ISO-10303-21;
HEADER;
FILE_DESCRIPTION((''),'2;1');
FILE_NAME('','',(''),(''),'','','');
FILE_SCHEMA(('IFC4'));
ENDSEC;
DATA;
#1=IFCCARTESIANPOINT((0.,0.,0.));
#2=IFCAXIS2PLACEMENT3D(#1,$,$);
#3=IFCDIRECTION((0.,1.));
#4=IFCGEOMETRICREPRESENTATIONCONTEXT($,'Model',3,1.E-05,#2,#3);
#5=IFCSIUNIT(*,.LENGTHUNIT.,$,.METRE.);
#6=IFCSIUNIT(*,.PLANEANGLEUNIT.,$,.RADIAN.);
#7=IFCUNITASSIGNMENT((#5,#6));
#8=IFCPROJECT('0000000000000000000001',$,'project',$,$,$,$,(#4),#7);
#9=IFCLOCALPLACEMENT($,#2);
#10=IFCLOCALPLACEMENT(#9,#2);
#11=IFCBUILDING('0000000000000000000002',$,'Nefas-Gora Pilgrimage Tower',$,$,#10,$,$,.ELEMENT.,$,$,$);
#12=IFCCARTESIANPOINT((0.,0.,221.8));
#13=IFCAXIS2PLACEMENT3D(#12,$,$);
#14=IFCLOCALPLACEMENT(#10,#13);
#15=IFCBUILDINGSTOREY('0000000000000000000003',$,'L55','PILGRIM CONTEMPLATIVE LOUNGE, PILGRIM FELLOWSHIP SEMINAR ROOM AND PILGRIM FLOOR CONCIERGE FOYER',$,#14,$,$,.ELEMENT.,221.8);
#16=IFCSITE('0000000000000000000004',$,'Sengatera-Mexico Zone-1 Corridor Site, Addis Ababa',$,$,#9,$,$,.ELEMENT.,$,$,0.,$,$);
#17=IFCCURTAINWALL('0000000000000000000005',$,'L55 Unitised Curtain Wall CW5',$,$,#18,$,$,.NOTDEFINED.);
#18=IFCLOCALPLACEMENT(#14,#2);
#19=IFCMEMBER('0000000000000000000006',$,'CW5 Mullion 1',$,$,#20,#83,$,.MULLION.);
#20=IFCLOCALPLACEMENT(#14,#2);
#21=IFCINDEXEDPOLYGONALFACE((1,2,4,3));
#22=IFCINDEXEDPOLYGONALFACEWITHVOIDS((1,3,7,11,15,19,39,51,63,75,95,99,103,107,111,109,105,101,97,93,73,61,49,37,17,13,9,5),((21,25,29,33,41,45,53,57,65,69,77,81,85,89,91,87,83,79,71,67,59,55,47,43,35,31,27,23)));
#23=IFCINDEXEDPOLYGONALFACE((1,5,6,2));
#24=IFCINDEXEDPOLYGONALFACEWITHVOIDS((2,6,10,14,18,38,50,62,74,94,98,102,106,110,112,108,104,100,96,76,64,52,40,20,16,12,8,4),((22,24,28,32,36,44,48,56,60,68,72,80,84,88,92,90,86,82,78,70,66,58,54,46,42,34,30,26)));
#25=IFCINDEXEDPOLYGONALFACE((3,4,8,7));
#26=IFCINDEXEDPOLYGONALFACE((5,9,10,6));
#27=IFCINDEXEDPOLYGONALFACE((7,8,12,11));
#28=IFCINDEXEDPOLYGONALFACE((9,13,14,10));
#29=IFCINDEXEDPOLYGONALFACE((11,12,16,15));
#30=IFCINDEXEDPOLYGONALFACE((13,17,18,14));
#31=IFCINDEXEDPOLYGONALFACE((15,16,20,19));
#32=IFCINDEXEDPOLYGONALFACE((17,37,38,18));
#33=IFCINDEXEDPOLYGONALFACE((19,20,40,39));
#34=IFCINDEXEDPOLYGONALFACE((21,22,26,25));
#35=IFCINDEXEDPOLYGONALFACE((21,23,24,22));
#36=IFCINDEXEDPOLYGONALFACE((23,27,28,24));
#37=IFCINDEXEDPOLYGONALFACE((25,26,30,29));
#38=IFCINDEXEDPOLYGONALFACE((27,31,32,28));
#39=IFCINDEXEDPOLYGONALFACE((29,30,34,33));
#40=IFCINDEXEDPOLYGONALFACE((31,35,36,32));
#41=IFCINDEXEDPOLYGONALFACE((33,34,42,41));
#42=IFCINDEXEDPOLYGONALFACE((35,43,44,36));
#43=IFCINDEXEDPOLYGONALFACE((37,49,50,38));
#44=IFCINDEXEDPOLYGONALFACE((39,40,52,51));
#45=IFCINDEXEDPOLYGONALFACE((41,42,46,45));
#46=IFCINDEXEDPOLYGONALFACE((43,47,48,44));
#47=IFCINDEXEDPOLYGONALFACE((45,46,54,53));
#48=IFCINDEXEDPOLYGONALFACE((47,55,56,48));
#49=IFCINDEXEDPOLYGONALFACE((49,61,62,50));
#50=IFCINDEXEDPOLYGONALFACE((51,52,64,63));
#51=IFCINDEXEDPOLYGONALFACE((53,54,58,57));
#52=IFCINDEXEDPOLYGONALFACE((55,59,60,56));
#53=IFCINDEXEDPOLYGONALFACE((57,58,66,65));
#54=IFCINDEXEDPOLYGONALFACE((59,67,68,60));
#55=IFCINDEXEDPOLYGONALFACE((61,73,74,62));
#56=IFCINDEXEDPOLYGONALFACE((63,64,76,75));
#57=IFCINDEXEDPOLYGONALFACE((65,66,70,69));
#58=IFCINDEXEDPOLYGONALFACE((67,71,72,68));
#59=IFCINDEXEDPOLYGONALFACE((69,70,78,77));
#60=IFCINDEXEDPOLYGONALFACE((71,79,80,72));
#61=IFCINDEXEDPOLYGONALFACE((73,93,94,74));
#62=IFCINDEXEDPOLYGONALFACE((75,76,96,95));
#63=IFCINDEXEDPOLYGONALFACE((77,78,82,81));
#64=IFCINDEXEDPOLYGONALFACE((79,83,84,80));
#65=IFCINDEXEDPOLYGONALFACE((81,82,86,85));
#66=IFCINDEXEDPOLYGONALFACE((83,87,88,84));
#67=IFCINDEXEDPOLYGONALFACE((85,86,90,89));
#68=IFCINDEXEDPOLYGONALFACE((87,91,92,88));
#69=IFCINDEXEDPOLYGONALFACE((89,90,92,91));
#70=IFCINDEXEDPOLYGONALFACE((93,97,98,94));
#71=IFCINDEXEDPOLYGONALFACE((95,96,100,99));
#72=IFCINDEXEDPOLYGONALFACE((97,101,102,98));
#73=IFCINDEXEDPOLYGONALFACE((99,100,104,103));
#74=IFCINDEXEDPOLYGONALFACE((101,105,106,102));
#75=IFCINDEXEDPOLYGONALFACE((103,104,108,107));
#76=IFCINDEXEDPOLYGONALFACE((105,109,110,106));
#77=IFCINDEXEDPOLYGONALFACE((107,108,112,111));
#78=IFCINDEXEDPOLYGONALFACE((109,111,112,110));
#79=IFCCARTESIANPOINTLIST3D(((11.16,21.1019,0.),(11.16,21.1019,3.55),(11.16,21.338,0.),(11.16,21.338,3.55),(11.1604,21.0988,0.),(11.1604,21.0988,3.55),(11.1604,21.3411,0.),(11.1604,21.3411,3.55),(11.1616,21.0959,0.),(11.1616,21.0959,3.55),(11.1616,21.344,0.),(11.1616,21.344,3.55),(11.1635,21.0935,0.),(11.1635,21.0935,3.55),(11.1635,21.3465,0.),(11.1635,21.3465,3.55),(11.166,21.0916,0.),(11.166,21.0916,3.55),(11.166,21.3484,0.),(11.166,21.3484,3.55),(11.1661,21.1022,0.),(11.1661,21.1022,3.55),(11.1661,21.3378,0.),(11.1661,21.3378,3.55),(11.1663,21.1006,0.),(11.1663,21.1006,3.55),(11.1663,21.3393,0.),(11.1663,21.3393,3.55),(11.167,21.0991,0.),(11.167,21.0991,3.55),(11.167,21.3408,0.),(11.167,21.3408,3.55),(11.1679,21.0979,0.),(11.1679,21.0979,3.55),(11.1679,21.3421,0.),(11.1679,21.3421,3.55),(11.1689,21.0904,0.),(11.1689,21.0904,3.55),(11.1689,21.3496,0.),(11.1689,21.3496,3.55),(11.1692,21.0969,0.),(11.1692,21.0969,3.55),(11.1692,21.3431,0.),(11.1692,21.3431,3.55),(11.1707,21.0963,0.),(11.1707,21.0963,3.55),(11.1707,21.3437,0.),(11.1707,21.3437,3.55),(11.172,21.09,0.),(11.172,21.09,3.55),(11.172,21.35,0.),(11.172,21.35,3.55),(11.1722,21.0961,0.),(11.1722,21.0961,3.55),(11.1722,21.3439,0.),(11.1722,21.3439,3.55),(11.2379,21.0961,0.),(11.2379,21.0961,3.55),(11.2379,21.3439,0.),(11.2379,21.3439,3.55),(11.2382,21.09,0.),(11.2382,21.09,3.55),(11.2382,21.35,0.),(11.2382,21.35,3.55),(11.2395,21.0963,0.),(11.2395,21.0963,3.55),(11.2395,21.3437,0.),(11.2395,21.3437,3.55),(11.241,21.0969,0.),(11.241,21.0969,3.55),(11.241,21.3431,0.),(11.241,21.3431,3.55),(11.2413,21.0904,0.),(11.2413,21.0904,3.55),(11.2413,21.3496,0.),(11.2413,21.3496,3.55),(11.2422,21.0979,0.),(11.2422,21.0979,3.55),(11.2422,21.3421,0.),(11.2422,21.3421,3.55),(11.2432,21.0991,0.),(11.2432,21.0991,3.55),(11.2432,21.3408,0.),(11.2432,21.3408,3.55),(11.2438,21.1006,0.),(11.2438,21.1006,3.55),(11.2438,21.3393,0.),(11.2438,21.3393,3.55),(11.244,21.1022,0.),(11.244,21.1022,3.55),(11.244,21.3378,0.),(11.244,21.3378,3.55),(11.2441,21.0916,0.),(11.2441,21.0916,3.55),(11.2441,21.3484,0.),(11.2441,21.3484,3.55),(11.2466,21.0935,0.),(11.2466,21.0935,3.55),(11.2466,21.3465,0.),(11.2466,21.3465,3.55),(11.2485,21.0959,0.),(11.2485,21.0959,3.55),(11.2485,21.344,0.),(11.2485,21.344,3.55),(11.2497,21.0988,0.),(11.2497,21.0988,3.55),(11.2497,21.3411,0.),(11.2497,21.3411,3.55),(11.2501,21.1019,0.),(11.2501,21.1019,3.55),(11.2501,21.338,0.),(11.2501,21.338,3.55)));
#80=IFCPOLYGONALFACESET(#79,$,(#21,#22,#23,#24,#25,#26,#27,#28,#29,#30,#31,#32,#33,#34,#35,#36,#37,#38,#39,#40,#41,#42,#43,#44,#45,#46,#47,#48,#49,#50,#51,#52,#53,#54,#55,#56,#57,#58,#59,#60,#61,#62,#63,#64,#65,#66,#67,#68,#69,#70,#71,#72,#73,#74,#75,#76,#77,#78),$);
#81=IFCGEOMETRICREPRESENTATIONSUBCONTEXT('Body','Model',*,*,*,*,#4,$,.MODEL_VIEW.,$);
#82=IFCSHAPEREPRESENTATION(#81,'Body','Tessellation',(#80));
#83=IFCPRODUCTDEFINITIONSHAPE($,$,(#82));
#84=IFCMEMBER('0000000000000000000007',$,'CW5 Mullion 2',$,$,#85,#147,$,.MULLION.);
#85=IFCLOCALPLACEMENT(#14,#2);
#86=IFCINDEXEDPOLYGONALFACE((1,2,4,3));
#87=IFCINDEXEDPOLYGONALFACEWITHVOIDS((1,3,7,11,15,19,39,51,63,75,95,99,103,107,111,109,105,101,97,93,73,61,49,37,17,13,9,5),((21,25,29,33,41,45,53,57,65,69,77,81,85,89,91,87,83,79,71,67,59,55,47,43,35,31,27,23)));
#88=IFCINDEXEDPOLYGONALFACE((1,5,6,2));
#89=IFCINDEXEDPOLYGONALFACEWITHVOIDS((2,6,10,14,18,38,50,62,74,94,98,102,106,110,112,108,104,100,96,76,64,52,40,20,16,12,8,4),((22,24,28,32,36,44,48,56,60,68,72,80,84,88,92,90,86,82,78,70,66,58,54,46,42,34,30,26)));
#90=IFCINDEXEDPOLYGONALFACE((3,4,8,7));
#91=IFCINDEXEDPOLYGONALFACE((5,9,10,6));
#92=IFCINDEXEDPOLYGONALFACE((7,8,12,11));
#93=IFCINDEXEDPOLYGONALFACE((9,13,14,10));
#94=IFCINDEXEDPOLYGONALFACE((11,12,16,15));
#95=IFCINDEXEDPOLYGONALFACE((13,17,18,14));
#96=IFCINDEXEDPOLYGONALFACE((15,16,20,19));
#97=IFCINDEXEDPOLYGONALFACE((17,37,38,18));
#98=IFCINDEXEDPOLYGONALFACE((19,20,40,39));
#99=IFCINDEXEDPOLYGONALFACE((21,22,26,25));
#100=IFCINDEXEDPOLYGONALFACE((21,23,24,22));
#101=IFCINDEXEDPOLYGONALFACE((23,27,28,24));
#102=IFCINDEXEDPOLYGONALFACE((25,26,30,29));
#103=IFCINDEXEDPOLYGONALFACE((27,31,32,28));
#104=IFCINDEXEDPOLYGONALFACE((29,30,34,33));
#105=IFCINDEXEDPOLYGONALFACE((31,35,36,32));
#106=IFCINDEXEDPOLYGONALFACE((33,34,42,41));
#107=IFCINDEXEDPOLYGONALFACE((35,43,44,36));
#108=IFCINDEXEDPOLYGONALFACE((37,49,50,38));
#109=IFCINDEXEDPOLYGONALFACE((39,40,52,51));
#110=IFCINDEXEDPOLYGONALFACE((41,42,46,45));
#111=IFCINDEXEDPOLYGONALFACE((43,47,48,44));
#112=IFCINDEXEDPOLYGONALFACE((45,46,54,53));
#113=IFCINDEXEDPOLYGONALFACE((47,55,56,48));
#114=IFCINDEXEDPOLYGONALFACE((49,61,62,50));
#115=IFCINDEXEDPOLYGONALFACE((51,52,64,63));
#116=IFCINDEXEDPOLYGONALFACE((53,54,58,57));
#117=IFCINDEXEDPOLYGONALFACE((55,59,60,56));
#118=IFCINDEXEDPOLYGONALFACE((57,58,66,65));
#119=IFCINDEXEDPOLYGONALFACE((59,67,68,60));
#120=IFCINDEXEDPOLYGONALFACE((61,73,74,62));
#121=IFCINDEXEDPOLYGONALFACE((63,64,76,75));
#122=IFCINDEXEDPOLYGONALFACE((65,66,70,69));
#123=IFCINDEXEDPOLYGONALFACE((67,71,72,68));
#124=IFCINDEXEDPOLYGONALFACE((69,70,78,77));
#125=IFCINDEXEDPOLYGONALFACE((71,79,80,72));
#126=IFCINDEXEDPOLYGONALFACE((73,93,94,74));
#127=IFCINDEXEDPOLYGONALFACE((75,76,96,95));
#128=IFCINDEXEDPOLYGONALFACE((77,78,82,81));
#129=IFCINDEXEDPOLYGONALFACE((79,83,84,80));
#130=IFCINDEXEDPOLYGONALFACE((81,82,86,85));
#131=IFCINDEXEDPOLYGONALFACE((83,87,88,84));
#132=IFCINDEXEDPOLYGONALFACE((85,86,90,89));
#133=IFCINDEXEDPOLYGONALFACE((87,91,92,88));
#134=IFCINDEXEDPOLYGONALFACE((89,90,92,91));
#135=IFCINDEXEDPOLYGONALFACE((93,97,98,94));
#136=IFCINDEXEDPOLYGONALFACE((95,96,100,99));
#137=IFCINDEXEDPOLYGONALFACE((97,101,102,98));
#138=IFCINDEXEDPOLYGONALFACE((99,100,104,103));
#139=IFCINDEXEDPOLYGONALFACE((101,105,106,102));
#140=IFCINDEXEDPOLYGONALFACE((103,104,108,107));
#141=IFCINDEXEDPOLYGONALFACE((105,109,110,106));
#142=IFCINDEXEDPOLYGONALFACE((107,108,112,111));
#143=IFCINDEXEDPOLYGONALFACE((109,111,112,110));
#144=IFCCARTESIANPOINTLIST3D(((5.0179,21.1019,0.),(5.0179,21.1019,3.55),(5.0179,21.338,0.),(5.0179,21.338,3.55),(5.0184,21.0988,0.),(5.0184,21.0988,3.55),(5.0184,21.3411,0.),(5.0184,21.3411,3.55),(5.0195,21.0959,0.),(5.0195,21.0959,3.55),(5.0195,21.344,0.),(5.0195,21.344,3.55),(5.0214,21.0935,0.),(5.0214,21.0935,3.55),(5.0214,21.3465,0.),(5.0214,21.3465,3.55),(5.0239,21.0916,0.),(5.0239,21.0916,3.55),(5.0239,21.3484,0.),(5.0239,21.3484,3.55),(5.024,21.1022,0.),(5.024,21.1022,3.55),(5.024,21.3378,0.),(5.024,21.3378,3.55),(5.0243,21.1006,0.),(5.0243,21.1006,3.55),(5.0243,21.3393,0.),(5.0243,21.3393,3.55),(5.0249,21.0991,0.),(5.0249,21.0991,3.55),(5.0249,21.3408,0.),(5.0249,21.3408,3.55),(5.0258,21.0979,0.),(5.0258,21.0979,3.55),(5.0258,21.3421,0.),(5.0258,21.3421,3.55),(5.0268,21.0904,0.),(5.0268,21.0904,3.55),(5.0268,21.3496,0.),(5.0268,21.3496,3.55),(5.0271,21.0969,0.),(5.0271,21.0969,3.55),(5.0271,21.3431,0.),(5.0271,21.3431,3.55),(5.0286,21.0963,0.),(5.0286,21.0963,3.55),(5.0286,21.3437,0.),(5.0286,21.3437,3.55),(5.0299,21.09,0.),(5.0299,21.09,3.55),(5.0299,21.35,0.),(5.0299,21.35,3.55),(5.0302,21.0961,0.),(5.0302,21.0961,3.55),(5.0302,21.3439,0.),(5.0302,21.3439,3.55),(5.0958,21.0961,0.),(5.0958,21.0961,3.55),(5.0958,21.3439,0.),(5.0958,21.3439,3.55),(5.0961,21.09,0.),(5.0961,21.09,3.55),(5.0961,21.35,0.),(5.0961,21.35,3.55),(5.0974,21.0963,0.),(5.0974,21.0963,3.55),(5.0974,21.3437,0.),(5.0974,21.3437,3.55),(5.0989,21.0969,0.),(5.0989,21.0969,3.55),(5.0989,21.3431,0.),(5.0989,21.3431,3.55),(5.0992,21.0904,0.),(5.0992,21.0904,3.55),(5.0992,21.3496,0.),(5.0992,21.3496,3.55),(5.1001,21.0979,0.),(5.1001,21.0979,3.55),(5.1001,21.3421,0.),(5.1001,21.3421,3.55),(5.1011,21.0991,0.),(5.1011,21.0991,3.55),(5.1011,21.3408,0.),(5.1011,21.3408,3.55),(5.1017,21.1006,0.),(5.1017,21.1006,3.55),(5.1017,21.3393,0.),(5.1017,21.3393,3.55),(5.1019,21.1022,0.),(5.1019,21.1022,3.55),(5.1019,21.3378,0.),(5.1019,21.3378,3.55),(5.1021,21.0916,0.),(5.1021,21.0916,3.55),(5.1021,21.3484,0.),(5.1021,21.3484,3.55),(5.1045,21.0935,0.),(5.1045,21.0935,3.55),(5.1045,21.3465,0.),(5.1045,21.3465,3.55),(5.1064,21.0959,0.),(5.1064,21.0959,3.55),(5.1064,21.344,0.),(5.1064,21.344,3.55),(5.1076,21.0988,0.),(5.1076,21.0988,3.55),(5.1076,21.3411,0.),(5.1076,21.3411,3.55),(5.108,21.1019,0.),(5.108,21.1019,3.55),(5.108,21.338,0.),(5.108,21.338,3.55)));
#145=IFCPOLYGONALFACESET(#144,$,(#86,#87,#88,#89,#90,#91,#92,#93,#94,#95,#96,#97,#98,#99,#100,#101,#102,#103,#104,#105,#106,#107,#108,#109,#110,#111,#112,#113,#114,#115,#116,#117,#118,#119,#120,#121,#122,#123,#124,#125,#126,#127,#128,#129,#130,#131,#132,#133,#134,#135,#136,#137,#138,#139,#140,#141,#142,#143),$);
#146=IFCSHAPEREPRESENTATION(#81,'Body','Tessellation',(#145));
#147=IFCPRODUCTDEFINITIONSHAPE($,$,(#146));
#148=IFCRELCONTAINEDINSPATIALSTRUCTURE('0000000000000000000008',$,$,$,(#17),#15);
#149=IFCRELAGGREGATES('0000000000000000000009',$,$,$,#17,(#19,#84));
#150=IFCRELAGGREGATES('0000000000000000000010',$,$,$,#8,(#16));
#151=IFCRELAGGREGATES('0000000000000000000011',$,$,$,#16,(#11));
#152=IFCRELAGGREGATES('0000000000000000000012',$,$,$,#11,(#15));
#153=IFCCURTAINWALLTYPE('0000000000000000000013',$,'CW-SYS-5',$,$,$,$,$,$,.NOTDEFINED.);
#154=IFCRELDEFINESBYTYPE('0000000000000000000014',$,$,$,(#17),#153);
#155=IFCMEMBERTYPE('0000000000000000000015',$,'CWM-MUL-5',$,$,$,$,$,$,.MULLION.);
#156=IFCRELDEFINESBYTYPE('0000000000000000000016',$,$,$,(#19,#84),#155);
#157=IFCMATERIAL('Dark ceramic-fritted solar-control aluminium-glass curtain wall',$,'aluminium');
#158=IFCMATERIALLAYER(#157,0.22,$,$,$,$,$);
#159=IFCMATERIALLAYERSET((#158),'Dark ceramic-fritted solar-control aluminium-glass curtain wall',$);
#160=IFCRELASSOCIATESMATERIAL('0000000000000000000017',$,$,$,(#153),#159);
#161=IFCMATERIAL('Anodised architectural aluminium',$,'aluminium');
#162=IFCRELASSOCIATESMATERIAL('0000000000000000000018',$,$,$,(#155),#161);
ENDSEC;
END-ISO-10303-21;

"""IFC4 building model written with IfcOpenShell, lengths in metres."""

from ifc_helpers import new_model, si_unit, direction, frame, origin, origin_2d, place, context, subcontext, project, spatial, hollow_rectangle, extrude, source, transform, mapped, material, layer, layer_set, material_profile, profile_set, type_object, element, aggregate, save


model = new_model("IFC4")

# Units and contexts
model_context = context("Model", 3, precision=1e-05, world=origin(), true_north=direction((0.0, 1.0)))
body_context = subcontext(model_context, "Body", "Model", "MODEL_VIEW")
ifc_project = project(units=[si_unit("LENGTHUNIT", "METRE"), si_unit("PLANEANGLEUNIT", "RADIAN")], contexts=[model_context])

# Site, building, storey
site_placement = place(None, origin())
site = spatial("IfcSite", under=ifc_project, at=site_placement, Name="Sengatera-Mexico Zone-1 Corridor Site, Addis Ababa", CompositionType="ELEMENT", RefElevation=0.0)
building_placement = place(site_placement, origin())
building = spatial("IfcBuilding", under=site, at=building_placement, Name="Nefas-Gora Pilgrimage Tower", CompositionType="ELEMENT")
storey_placement = place(building_placement, frame((0.0, 0.0, 221.8)))
storey = spatial("IfcBuildingStorey", under=building, at=storey_placement, Name="L55", Description="PILGRIM CONTEMPLATIVE LOUNGE, PILGRIM FELLOWSHIP SEMINAR ROOM AND PILGRIM FLOOR CONCIERGE FOYER", CompositionType="ELEMENT", Elevation=221.8)

# Curtain wall, members
ifc_material_1 = material(Name="Dark ceramic-fritted solar-control aluminium-glass curtain wall", Category="aluminium")
ifc_layer_1 = layer(ifc_material_1, 0.22)
ifc_layer_set_1 = layer_set([ifc_layer_1], Name="Dark ceramic-fritted solar-control aluminium-glass curtain wall")
curtain_wall_type = type_object("IfcCurtainWallType", Name="CW-SYS-5", PredefinedType="NOTDEFINED", material=ifc_layer_set_1)
curtain_wall_1_placement = place(storey_placement, origin())
curtain_wall_1 = element("IfcCurtainWall", 1, at=curtain_wall_1_placement, inside=storey, type_object=curtain_wall_type, Name="L55 Unitised Curtain Wall CW5", PredefinedType="NOTDEFINED")
ifc_material_2 = material(Name="Anodised architectural aluminium", Category="aluminium")
ifc_material_profile_1 = material_profile(ifc_material_2, hollow_rectangle(XDim=0.0901, YDim=0.26, WallThickness=0.0061, InnerFilletRadius=0.0061, OuterFilletRadius=0.012, at=origin_2d()), Name="ALU MULLION 90x260")
ifc_profile_set_1 = profile_set([ifc_material_profile_1], Name="Anodised architectural aluminium")
member_type_1 = type_object("IfcMemberType", Name="CWM-MUL-5", PredefinedType="MULLION", material=ifc_profile_set_1)
shared_shape_1 = source(origin(), body_context, "Body", "SweptSolid", [
    extrude(hollow_rectangle(XDim=0.0901, YDim=0.26, WallThickness=0.0061, InnerFilletRadius=0.0061, OuterFilletRadius=0.012, at=origin_2d()), origin(), (0.0, 0.0, 1.0), 3.55),
])
member_1_placement = place(storey_placement, frame((11.2051, 21.22, 0.0), z_axis=(0.0, 0.0, 1.0), x_axis=(-1.0, 0.0, 0.0)))
member_1 = element("IfcMember", 2, at=member_1_placement, type_object=member_type_1, Name="CW5 Mullion 1", PredefinedType="MULLION", context=body_context, shape_type="MappedRepresentation", body=[
    mapped(shared_shape_1, transform((0.0, 0.0, 0.0), x_axis=(1.0, 0.0, 0.0), y_axis=(0.0, 1.0, 0.0), z_axis=(0.0, 0.0, 1.0), scale=1.0)),
])
member_2_placement = place(storey_placement, frame((5.063, 21.22, 0.0), z_axis=(0.0, 0.0, 1.0), x_axis=(-1.0, 0.0, 0.0)))
member_2 = element("IfcMember", 3, at=member_2_placement, type_object=member_type_1, Name="CW5 Mullion 2", PredefinedType="MULLION", context=body_context, shape_type="MappedRepresentation", body=[
    mapped(shared_shape_1, transform((0.0, 0.0, 0.0), x_axis=(1.0, 0.0, 0.0), y_axis=(0.0, 1.0, 0.0), z_axis=(0.0, 0.0, 1.0), scale=1.0)),
])

aggregate(curtain_wall_1, [member_1, member_2])

save(model, "model.ifc")
